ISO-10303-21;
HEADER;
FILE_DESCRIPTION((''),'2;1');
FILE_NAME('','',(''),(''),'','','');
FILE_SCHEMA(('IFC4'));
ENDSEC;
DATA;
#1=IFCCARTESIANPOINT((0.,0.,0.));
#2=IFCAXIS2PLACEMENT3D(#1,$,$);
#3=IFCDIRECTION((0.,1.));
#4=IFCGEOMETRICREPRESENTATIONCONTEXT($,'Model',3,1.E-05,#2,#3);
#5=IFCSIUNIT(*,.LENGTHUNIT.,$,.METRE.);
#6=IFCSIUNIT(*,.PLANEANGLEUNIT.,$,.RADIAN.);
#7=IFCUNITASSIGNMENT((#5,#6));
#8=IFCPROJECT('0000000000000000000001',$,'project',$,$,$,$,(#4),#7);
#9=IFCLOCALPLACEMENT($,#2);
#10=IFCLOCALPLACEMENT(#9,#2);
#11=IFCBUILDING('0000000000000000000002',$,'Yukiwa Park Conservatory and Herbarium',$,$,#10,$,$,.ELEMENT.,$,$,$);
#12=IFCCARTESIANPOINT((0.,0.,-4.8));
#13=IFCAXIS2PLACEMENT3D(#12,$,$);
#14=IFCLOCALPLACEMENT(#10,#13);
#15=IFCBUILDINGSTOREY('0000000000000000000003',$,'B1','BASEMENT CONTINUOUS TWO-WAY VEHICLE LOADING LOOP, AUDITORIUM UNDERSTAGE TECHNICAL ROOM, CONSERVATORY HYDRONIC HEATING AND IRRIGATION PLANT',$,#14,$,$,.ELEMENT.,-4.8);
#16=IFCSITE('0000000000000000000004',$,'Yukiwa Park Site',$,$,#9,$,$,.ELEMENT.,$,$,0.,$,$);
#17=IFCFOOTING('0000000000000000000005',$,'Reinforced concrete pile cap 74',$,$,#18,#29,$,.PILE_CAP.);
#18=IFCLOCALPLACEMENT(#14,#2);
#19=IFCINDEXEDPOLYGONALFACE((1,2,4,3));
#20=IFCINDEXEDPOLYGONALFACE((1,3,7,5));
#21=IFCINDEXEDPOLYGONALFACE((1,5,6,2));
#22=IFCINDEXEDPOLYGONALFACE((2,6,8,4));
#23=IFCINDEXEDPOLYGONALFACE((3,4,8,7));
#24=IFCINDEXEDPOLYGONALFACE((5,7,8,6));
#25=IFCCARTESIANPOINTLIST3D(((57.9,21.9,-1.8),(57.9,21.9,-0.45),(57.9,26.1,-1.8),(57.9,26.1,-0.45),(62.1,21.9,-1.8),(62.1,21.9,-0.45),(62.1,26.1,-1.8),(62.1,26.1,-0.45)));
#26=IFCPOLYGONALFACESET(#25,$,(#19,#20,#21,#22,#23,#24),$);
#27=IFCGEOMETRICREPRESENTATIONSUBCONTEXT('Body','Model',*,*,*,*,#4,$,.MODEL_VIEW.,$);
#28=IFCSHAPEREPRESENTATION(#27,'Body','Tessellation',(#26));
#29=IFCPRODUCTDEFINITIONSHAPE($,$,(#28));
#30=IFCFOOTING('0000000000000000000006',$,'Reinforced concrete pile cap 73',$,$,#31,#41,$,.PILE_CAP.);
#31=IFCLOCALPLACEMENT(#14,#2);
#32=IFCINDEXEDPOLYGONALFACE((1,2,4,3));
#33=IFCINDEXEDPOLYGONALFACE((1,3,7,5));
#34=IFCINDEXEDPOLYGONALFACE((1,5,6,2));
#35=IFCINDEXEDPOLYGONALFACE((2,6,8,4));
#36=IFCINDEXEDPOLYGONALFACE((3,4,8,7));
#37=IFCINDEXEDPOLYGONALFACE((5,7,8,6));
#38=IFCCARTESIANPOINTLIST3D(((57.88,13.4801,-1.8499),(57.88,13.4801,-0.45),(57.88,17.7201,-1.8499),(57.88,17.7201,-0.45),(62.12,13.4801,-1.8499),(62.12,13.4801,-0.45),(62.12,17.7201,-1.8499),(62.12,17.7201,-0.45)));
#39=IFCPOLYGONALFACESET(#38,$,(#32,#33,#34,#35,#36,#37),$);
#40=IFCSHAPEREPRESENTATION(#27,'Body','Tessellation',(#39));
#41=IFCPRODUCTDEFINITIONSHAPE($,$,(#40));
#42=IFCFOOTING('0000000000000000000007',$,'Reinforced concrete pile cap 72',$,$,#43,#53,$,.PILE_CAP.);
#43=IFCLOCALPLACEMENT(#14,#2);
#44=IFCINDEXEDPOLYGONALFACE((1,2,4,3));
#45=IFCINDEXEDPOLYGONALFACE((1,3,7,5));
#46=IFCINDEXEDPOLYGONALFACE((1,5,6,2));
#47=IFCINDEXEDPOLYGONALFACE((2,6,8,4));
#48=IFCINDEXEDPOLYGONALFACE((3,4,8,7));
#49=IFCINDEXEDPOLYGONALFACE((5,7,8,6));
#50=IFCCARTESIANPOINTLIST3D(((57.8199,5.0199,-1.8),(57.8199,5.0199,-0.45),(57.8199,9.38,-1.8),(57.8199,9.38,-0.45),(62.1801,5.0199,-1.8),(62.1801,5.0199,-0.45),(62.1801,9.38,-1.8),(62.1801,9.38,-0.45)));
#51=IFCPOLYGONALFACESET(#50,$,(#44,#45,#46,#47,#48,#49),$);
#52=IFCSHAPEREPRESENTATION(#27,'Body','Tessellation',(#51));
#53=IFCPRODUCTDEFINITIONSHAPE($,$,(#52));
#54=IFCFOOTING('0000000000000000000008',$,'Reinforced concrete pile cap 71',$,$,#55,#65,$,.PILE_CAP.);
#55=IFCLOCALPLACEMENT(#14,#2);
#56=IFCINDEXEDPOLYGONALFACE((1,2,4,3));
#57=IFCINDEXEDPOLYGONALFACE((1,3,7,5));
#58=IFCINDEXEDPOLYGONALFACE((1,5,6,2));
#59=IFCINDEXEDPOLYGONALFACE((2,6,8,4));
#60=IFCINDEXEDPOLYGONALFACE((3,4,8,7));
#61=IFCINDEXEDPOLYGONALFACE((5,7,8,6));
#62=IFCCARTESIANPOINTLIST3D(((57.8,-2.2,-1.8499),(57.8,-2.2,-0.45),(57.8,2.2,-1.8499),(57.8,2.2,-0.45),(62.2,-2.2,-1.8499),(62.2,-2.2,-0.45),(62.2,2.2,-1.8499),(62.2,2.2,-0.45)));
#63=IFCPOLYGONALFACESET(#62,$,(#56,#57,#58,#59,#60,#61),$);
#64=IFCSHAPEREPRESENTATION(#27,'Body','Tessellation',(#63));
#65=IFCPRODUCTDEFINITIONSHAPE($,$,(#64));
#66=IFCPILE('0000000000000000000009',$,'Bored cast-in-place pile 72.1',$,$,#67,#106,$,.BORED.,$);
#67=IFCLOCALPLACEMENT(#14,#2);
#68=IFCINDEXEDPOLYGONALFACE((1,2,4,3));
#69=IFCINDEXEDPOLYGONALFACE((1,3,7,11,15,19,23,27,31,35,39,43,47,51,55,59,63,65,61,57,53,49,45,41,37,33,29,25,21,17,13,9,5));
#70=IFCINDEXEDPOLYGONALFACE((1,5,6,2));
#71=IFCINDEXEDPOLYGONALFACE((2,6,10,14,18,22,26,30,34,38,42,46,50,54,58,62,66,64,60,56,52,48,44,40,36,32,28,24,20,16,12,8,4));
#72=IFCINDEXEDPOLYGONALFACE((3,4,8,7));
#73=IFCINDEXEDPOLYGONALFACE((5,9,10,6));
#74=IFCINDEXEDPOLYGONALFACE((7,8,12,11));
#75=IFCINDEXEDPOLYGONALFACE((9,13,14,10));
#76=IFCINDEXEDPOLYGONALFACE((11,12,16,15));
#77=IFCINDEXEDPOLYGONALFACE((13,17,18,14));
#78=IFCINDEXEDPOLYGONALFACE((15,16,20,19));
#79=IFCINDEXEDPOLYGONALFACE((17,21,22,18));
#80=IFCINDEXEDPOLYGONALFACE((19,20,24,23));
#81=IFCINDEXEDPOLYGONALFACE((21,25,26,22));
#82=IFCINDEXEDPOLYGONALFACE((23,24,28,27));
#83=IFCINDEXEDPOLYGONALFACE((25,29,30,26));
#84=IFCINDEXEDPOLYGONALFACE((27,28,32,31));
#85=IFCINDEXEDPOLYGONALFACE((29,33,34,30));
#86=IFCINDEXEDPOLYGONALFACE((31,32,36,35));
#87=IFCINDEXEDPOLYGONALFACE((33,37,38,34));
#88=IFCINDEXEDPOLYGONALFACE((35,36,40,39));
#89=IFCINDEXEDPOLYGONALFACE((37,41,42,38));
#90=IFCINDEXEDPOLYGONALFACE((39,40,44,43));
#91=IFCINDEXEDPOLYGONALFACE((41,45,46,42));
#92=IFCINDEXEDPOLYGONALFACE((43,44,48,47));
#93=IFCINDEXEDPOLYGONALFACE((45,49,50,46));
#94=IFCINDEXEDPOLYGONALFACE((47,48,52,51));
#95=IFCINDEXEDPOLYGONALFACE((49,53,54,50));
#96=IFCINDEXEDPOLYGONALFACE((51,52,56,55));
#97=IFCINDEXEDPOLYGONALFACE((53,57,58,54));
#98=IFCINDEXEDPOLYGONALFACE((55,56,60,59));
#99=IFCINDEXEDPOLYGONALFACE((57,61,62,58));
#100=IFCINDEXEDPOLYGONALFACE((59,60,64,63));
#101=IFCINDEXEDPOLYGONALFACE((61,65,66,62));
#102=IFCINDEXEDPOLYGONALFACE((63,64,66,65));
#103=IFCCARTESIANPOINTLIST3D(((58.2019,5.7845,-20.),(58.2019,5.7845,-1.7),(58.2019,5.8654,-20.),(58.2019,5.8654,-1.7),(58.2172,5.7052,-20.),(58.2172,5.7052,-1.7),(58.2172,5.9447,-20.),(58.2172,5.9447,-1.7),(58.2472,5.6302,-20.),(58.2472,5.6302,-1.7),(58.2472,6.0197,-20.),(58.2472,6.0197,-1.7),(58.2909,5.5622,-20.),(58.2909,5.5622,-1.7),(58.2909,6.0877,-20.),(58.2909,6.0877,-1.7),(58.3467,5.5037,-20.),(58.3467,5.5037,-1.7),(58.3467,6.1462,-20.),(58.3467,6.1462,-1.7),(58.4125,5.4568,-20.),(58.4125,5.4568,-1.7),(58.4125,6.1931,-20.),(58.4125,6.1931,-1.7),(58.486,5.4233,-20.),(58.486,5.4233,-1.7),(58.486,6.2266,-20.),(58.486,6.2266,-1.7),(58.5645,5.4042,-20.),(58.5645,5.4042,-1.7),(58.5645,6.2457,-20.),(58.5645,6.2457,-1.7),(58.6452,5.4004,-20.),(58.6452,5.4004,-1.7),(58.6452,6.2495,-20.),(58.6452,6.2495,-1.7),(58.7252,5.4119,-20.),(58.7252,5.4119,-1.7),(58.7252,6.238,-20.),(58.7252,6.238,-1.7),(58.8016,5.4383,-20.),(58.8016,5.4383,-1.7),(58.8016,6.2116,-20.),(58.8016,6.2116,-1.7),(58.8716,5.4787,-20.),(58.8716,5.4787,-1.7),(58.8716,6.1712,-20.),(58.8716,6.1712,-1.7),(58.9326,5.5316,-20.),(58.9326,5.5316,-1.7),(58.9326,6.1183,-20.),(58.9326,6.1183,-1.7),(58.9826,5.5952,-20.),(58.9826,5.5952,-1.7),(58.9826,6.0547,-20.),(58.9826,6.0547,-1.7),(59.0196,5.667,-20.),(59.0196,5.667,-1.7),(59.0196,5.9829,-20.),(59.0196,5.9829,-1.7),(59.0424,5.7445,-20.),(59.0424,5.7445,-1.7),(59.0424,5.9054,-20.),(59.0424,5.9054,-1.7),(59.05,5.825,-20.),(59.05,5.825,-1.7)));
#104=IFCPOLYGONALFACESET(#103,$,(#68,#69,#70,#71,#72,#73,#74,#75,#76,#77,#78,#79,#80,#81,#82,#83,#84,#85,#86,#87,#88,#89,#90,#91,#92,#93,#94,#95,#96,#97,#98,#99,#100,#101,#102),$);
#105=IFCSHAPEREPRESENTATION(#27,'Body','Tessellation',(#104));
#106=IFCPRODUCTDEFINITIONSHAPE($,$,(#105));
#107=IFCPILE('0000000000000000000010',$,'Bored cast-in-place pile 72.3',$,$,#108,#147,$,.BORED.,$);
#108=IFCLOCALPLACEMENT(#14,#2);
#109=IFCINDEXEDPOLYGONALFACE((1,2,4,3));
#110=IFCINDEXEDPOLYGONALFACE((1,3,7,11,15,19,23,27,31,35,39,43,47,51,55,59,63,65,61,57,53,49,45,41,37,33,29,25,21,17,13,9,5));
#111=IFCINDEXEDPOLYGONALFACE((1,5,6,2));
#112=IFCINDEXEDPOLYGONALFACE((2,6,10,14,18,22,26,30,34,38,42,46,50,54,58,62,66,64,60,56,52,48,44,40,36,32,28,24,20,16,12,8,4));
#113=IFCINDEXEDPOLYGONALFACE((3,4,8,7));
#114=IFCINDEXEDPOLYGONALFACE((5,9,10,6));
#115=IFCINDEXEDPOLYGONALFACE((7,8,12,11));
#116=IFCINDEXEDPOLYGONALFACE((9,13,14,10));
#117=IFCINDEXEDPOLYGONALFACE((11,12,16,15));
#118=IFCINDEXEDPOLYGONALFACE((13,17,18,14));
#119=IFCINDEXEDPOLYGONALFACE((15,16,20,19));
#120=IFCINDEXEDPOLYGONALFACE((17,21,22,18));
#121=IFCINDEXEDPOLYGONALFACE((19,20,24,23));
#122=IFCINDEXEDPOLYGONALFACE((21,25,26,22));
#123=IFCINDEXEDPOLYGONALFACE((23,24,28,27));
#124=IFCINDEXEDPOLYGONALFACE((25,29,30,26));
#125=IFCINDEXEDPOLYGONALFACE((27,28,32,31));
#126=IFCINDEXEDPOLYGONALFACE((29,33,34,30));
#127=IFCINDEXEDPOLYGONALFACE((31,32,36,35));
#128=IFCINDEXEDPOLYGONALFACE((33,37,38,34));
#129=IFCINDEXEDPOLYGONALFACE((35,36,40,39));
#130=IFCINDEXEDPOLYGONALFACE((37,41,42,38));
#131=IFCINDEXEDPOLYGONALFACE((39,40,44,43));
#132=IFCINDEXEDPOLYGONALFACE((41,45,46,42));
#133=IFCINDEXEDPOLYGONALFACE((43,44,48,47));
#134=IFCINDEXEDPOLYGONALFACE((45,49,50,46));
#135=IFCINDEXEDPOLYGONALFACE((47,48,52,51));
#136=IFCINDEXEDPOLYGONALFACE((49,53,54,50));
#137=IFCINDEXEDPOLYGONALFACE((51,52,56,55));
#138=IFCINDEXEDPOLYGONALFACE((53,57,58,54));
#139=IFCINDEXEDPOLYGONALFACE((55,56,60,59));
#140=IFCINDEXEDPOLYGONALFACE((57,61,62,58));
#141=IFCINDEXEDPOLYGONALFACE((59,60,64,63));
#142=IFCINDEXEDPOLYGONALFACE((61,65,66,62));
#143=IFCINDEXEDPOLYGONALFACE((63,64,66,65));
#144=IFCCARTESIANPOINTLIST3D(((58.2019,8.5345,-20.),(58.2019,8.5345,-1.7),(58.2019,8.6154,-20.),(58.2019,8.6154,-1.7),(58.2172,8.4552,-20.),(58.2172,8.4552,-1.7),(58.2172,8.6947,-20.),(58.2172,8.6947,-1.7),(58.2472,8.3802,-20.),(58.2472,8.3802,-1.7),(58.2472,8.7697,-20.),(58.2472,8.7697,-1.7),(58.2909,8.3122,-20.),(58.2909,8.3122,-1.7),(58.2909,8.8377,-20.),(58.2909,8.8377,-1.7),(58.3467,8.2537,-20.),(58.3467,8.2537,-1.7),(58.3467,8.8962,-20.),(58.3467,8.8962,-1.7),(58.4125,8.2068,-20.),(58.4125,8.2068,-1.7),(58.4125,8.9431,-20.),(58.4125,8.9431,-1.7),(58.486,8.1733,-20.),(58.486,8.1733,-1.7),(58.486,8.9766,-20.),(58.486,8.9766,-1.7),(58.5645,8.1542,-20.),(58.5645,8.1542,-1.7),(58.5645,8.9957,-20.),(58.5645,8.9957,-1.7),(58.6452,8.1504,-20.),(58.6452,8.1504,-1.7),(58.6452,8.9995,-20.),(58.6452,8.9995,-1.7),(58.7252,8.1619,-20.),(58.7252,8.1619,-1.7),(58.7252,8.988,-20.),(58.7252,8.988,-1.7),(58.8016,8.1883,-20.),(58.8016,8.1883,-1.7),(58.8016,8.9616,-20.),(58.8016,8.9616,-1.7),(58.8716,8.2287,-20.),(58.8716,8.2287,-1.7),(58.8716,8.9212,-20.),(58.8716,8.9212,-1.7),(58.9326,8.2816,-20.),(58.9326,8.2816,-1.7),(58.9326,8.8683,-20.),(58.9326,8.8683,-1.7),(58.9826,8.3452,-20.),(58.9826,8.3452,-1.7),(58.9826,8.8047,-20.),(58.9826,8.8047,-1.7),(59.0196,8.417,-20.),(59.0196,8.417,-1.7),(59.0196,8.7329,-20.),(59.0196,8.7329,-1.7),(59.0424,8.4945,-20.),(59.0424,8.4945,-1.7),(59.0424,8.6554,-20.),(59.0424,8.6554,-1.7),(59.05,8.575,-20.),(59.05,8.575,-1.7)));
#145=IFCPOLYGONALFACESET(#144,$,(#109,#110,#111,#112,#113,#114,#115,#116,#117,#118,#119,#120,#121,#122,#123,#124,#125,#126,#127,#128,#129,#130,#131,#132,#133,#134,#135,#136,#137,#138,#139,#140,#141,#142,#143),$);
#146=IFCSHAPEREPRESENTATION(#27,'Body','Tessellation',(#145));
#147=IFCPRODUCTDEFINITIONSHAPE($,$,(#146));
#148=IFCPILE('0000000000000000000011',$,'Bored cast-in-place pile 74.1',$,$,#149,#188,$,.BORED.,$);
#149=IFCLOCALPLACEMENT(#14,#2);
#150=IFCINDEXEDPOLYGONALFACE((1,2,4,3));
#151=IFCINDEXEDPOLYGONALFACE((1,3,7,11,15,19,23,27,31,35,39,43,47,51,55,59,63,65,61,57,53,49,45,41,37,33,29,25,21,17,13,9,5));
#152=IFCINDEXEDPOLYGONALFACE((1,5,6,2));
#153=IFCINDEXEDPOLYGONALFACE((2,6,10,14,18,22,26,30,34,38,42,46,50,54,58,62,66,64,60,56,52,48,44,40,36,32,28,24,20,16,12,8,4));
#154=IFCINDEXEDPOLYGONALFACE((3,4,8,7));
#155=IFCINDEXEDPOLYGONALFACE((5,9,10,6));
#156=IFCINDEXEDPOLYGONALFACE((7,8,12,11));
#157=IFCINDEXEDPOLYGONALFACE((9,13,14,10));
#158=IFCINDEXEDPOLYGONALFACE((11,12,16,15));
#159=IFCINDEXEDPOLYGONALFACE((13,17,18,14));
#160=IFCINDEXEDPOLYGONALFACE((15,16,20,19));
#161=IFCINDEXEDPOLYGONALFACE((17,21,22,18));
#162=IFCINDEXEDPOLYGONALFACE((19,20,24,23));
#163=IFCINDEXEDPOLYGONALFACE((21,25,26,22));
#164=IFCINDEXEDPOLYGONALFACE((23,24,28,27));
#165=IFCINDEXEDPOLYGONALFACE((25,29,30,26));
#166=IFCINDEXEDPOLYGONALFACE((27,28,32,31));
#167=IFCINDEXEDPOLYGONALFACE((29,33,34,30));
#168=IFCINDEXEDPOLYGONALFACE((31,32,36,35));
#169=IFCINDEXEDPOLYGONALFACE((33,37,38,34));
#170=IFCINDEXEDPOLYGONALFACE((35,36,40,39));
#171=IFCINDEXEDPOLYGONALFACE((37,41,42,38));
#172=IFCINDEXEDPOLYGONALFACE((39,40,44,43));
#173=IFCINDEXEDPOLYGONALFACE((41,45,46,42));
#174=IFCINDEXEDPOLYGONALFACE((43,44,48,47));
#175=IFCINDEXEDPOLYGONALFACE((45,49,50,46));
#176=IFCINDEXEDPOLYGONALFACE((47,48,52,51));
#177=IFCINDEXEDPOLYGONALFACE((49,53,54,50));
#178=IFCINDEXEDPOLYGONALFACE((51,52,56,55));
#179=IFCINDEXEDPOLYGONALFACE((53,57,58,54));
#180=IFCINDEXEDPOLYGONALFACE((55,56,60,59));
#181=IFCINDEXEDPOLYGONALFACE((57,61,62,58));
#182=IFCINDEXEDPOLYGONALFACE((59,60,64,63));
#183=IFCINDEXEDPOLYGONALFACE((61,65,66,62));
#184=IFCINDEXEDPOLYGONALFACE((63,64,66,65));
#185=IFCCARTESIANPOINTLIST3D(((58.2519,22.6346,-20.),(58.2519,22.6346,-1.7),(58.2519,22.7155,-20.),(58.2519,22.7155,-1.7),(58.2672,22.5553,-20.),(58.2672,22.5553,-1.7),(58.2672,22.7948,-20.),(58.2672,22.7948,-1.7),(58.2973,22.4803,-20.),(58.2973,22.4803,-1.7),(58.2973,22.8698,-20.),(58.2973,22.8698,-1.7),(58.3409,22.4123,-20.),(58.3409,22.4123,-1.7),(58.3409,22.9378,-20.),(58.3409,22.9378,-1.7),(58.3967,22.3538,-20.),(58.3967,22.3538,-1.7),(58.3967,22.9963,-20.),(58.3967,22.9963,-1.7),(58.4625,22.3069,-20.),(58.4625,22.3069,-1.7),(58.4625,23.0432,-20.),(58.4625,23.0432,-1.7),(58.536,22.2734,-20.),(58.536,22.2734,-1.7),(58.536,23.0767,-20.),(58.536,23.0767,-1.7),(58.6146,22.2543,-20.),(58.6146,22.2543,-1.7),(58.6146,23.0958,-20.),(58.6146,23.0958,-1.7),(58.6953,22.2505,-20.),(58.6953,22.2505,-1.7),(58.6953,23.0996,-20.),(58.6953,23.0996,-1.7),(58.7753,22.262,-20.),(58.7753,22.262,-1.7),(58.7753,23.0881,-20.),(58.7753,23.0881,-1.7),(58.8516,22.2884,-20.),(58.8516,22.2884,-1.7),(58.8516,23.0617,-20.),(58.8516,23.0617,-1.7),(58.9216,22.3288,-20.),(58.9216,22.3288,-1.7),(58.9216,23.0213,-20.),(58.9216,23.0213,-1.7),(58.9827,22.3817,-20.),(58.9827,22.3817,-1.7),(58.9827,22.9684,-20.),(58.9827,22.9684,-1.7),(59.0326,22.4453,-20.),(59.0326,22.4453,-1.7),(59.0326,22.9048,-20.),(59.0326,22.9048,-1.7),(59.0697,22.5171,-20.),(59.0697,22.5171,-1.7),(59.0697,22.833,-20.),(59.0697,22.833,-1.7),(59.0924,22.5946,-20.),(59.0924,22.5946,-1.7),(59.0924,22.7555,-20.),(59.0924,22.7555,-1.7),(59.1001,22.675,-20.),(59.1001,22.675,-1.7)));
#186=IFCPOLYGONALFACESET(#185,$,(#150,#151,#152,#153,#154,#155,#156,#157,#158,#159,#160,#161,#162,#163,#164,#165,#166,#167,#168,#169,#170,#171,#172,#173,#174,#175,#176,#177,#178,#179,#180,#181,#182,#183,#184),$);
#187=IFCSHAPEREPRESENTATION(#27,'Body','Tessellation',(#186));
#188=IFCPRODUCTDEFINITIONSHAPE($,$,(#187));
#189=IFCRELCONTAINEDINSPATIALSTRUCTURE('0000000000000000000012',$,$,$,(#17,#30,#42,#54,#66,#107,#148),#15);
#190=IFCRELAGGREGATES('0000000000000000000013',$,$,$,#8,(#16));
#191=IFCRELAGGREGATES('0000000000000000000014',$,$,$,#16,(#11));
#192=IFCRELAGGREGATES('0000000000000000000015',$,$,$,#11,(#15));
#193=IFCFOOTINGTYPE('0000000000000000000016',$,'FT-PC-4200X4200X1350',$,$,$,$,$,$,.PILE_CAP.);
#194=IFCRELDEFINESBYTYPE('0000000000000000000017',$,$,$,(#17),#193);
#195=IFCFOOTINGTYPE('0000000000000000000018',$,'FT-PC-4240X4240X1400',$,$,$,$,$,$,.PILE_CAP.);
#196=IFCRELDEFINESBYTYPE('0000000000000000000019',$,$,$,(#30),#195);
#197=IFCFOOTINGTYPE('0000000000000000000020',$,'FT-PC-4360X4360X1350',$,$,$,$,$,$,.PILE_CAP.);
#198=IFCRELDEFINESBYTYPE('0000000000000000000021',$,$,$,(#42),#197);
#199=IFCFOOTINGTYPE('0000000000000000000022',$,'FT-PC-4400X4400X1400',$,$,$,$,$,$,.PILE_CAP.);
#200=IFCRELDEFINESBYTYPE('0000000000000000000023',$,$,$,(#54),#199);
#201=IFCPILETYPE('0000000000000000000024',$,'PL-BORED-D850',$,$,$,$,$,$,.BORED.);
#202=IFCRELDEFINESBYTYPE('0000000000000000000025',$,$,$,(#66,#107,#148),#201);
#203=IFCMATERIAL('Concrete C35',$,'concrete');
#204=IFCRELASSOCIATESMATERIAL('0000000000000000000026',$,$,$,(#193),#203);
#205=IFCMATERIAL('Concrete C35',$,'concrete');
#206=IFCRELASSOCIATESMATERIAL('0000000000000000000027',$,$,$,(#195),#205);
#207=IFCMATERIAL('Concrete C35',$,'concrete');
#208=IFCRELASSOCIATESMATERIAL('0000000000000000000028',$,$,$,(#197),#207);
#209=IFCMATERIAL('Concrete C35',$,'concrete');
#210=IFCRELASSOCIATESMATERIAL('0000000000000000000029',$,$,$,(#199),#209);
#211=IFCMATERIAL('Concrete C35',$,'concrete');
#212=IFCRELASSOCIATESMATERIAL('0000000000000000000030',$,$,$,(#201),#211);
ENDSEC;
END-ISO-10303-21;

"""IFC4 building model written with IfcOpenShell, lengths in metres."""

from ifc_helpers import new_model, si_unit, direction, frame, origin, origin_2d, place, context, subcontext, project, spatial, rectangle, circle, extrude, material, material_profile, profile_set, type_object, element, save


model = new_model("IFC4")

# Units and contexts
model_context = context("Model", 3, precision=1e-05, world=origin(), true_north=direction((0.0, 1.0)))
body_context = subcontext(model_context, "Body", "Model", "MODEL_VIEW")
ifc_project = project(units=[si_unit("LENGTHUNIT", "METRE"), si_unit("PLANEANGLEUNIT", "RADIAN")], contexts=[model_context])

# Site, building, storey
site_placement = place(None, origin())
site = spatial("IfcSite", under=ifc_project, at=site_placement, Name="Yukiwa Park Site", CompositionType="ELEMENT", RefElevation=0.0)
building_placement = place(site_placement, origin())
building = spatial("IfcBuilding", under=site, at=building_placement, Name="Yukiwa Park Conservatory and Herbarium", CompositionType="ELEMENT")
storey_placement = place(building_placement, frame((0.0, 0.0, -4.8)))
storey = spatial("IfcBuildingStorey", under=building, at=storey_placement, Name="B1", Description="BASEMENT CONTINUOUS TWO-WAY VEHICLE LOADING LOOP, AUDITORIUM UNDERSTAGE TECHNICAL ROOM, CONSERVATORY HYDRONIC HEATING AND IRRIGATION PLANT", CompositionType="ELEMENT", Elevation=-4.8)

# Footings
ifc_material_1 = material(Name="Concrete C35", Category="concrete")
footing_type_1 = type_object("IfcFootingType", Name="FT-PC-4200X4200X1350", PredefinedType="PILE_CAP", material=ifc_material_1)
footing_1_placement = place(storey_placement, frame((60.0, 24.0, -1.8), z_axis=(0.0, 0.0, 1.0), x_axis=(1.0, 0.0, 0.0)))
element("IfcFooting", 1, at=footing_1_placement, inside=storey, type_object=footing_type_1, Name="Reinforced concrete pile cap 74", PredefinedType="PILE_CAP", context=body_context, shape_type="SweptSolid", body=[
    extrude(rectangle(XDim=4.2, YDim=4.2, at=origin_2d()), origin(), (0.0, 0.0, 1.0), 1.3501),
])
ifc_material_2 = material(Name="Concrete C35", Category="concrete")
footing_type_2 = type_object("IfcFootingType", Name="FT-PC-4240X4240X1400", PredefinedType="PILE_CAP", material=ifc_material_2)
footing_2_placement = place(storey_placement, frame((60.0, 15.6001, -1.8499), z_axis=(0.0, 0.0, 1.0), x_axis=(1.0, 0.0, 0.0)))
element("IfcFooting", 2, at=footing_2_placement, inside=storey, type_object=footing_type_2, Name="Reinforced concrete pile cap 73", PredefinedType="PILE_CAP", context=body_context, shape_type="SweptSolid", body=[
    extrude(rectangle(XDim=4.24, YDim=4.24, at=origin_2d()), origin(), (0.0, 0.0, 1.0), 1.3999),
])
ifc_material_3 = material(Name="Concrete C35", Category="concrete")
footing_type_3 = type_object("IfcFootingType", Name="FT-PC-4360X4360X1350", PredefinedType="PILE_CAP", material=ifc_material_3)
footing_3_placement = place(storey_placement, frame((60.0, 7.2, -1.8), z_axis=(0.0, 0.0, 1.0), x_axis=(1.0, 0.0, 0.0)))
element("IfcFooting", 3, at=footing_3_placement, inside=storey, type_object=footing_type_3, Name="Reinforced concrete pile cap 72", PredefinedType="PILE_CAP", context=body_context, shape_type="SweptSolid", body=[
    extrude(rectangle(XDim=4.3601, YDim=4.3601, at=origin_2d()), origin(), (0.0, 0.0, 1.0), 1.3501),
])
ifc_material_4 = material(Name="Concrete C35", Category="concrete")
footing_type_4 = type_object("IfcFootingType", Name="FT-PC-4400X4400X1400", PredefinedType="PILE_CAP", material=ifc_material_4)
footing_4_placement = place(storey_placement, frame((60.0, 0.0, -1.8499), z_axis=(0.0, 0.0, 1.0), x_axis=(1.0, 0.0, 0.0)))
element("IfcFooting", 4, at=footing_4_placement, inside=storey, type_object=footing_type_4, Name="Reinforced concrete pile cap 71", PredefinedType="PILE_CAP", context=body_context, shape_type="SweptSolid", body=[
    extrude(rectangle(XDim=4.3999, YDim=4.3999, at=origin_2d()), origin(), (0.0, 0.0, 1.0), 1.3999),
])

# Piles
ifc_material_5 = material(Name="Concrete C35", Category="concrete")
ifc_material_profile_1 = material_profile(ifc_material_5, circle(Radius=0.425, at=origin_2d()), Name="PILE D850")
ifc_profile_set_1 = profile_set([ifc_material_profile_1], Name="Concrete C35")
pile_type_1 = type_object("IfcPileType", Name="PL-BORED-D850", PredefinedType="BORED", material=ifc_profile_set_1)
for number, where, z_axis, x_axis, name in (
    (5, (58.625, 5.825, -1.7), (0.0, 0.0, -1.0), (1.0, 0.0, 0.0), "Bored cast-in-place pile 72.1"),
    (6, (58.625, 8.575, -1.7), (0.0, 0.0, -1.0), (1.0, 0.0, 0.0), "Bored cast-in-place pile 72.3"),
    (7, (58.675, 22.675, -1.7), (0.0, 0.0, -1.0), (1.0, 0.0, 0.0), "Bored cast-in-place pile 74.1"),
):
    element("IfcPile", number, at=place(storey_placement, frame(where, z_axis=z_axis, x_axis=x_axis)), inside=storey, type_object=pile_type_1, Name=name, PredefinedType="BORED", context=body_context, shape_type="SweptSolid", body=[
        extrude(circle(Radius=0.425, at=origin_2d()), origin(), (0.0, 0.0, 1.0), 18.3),
    ])

save(model, "model.ifc")
